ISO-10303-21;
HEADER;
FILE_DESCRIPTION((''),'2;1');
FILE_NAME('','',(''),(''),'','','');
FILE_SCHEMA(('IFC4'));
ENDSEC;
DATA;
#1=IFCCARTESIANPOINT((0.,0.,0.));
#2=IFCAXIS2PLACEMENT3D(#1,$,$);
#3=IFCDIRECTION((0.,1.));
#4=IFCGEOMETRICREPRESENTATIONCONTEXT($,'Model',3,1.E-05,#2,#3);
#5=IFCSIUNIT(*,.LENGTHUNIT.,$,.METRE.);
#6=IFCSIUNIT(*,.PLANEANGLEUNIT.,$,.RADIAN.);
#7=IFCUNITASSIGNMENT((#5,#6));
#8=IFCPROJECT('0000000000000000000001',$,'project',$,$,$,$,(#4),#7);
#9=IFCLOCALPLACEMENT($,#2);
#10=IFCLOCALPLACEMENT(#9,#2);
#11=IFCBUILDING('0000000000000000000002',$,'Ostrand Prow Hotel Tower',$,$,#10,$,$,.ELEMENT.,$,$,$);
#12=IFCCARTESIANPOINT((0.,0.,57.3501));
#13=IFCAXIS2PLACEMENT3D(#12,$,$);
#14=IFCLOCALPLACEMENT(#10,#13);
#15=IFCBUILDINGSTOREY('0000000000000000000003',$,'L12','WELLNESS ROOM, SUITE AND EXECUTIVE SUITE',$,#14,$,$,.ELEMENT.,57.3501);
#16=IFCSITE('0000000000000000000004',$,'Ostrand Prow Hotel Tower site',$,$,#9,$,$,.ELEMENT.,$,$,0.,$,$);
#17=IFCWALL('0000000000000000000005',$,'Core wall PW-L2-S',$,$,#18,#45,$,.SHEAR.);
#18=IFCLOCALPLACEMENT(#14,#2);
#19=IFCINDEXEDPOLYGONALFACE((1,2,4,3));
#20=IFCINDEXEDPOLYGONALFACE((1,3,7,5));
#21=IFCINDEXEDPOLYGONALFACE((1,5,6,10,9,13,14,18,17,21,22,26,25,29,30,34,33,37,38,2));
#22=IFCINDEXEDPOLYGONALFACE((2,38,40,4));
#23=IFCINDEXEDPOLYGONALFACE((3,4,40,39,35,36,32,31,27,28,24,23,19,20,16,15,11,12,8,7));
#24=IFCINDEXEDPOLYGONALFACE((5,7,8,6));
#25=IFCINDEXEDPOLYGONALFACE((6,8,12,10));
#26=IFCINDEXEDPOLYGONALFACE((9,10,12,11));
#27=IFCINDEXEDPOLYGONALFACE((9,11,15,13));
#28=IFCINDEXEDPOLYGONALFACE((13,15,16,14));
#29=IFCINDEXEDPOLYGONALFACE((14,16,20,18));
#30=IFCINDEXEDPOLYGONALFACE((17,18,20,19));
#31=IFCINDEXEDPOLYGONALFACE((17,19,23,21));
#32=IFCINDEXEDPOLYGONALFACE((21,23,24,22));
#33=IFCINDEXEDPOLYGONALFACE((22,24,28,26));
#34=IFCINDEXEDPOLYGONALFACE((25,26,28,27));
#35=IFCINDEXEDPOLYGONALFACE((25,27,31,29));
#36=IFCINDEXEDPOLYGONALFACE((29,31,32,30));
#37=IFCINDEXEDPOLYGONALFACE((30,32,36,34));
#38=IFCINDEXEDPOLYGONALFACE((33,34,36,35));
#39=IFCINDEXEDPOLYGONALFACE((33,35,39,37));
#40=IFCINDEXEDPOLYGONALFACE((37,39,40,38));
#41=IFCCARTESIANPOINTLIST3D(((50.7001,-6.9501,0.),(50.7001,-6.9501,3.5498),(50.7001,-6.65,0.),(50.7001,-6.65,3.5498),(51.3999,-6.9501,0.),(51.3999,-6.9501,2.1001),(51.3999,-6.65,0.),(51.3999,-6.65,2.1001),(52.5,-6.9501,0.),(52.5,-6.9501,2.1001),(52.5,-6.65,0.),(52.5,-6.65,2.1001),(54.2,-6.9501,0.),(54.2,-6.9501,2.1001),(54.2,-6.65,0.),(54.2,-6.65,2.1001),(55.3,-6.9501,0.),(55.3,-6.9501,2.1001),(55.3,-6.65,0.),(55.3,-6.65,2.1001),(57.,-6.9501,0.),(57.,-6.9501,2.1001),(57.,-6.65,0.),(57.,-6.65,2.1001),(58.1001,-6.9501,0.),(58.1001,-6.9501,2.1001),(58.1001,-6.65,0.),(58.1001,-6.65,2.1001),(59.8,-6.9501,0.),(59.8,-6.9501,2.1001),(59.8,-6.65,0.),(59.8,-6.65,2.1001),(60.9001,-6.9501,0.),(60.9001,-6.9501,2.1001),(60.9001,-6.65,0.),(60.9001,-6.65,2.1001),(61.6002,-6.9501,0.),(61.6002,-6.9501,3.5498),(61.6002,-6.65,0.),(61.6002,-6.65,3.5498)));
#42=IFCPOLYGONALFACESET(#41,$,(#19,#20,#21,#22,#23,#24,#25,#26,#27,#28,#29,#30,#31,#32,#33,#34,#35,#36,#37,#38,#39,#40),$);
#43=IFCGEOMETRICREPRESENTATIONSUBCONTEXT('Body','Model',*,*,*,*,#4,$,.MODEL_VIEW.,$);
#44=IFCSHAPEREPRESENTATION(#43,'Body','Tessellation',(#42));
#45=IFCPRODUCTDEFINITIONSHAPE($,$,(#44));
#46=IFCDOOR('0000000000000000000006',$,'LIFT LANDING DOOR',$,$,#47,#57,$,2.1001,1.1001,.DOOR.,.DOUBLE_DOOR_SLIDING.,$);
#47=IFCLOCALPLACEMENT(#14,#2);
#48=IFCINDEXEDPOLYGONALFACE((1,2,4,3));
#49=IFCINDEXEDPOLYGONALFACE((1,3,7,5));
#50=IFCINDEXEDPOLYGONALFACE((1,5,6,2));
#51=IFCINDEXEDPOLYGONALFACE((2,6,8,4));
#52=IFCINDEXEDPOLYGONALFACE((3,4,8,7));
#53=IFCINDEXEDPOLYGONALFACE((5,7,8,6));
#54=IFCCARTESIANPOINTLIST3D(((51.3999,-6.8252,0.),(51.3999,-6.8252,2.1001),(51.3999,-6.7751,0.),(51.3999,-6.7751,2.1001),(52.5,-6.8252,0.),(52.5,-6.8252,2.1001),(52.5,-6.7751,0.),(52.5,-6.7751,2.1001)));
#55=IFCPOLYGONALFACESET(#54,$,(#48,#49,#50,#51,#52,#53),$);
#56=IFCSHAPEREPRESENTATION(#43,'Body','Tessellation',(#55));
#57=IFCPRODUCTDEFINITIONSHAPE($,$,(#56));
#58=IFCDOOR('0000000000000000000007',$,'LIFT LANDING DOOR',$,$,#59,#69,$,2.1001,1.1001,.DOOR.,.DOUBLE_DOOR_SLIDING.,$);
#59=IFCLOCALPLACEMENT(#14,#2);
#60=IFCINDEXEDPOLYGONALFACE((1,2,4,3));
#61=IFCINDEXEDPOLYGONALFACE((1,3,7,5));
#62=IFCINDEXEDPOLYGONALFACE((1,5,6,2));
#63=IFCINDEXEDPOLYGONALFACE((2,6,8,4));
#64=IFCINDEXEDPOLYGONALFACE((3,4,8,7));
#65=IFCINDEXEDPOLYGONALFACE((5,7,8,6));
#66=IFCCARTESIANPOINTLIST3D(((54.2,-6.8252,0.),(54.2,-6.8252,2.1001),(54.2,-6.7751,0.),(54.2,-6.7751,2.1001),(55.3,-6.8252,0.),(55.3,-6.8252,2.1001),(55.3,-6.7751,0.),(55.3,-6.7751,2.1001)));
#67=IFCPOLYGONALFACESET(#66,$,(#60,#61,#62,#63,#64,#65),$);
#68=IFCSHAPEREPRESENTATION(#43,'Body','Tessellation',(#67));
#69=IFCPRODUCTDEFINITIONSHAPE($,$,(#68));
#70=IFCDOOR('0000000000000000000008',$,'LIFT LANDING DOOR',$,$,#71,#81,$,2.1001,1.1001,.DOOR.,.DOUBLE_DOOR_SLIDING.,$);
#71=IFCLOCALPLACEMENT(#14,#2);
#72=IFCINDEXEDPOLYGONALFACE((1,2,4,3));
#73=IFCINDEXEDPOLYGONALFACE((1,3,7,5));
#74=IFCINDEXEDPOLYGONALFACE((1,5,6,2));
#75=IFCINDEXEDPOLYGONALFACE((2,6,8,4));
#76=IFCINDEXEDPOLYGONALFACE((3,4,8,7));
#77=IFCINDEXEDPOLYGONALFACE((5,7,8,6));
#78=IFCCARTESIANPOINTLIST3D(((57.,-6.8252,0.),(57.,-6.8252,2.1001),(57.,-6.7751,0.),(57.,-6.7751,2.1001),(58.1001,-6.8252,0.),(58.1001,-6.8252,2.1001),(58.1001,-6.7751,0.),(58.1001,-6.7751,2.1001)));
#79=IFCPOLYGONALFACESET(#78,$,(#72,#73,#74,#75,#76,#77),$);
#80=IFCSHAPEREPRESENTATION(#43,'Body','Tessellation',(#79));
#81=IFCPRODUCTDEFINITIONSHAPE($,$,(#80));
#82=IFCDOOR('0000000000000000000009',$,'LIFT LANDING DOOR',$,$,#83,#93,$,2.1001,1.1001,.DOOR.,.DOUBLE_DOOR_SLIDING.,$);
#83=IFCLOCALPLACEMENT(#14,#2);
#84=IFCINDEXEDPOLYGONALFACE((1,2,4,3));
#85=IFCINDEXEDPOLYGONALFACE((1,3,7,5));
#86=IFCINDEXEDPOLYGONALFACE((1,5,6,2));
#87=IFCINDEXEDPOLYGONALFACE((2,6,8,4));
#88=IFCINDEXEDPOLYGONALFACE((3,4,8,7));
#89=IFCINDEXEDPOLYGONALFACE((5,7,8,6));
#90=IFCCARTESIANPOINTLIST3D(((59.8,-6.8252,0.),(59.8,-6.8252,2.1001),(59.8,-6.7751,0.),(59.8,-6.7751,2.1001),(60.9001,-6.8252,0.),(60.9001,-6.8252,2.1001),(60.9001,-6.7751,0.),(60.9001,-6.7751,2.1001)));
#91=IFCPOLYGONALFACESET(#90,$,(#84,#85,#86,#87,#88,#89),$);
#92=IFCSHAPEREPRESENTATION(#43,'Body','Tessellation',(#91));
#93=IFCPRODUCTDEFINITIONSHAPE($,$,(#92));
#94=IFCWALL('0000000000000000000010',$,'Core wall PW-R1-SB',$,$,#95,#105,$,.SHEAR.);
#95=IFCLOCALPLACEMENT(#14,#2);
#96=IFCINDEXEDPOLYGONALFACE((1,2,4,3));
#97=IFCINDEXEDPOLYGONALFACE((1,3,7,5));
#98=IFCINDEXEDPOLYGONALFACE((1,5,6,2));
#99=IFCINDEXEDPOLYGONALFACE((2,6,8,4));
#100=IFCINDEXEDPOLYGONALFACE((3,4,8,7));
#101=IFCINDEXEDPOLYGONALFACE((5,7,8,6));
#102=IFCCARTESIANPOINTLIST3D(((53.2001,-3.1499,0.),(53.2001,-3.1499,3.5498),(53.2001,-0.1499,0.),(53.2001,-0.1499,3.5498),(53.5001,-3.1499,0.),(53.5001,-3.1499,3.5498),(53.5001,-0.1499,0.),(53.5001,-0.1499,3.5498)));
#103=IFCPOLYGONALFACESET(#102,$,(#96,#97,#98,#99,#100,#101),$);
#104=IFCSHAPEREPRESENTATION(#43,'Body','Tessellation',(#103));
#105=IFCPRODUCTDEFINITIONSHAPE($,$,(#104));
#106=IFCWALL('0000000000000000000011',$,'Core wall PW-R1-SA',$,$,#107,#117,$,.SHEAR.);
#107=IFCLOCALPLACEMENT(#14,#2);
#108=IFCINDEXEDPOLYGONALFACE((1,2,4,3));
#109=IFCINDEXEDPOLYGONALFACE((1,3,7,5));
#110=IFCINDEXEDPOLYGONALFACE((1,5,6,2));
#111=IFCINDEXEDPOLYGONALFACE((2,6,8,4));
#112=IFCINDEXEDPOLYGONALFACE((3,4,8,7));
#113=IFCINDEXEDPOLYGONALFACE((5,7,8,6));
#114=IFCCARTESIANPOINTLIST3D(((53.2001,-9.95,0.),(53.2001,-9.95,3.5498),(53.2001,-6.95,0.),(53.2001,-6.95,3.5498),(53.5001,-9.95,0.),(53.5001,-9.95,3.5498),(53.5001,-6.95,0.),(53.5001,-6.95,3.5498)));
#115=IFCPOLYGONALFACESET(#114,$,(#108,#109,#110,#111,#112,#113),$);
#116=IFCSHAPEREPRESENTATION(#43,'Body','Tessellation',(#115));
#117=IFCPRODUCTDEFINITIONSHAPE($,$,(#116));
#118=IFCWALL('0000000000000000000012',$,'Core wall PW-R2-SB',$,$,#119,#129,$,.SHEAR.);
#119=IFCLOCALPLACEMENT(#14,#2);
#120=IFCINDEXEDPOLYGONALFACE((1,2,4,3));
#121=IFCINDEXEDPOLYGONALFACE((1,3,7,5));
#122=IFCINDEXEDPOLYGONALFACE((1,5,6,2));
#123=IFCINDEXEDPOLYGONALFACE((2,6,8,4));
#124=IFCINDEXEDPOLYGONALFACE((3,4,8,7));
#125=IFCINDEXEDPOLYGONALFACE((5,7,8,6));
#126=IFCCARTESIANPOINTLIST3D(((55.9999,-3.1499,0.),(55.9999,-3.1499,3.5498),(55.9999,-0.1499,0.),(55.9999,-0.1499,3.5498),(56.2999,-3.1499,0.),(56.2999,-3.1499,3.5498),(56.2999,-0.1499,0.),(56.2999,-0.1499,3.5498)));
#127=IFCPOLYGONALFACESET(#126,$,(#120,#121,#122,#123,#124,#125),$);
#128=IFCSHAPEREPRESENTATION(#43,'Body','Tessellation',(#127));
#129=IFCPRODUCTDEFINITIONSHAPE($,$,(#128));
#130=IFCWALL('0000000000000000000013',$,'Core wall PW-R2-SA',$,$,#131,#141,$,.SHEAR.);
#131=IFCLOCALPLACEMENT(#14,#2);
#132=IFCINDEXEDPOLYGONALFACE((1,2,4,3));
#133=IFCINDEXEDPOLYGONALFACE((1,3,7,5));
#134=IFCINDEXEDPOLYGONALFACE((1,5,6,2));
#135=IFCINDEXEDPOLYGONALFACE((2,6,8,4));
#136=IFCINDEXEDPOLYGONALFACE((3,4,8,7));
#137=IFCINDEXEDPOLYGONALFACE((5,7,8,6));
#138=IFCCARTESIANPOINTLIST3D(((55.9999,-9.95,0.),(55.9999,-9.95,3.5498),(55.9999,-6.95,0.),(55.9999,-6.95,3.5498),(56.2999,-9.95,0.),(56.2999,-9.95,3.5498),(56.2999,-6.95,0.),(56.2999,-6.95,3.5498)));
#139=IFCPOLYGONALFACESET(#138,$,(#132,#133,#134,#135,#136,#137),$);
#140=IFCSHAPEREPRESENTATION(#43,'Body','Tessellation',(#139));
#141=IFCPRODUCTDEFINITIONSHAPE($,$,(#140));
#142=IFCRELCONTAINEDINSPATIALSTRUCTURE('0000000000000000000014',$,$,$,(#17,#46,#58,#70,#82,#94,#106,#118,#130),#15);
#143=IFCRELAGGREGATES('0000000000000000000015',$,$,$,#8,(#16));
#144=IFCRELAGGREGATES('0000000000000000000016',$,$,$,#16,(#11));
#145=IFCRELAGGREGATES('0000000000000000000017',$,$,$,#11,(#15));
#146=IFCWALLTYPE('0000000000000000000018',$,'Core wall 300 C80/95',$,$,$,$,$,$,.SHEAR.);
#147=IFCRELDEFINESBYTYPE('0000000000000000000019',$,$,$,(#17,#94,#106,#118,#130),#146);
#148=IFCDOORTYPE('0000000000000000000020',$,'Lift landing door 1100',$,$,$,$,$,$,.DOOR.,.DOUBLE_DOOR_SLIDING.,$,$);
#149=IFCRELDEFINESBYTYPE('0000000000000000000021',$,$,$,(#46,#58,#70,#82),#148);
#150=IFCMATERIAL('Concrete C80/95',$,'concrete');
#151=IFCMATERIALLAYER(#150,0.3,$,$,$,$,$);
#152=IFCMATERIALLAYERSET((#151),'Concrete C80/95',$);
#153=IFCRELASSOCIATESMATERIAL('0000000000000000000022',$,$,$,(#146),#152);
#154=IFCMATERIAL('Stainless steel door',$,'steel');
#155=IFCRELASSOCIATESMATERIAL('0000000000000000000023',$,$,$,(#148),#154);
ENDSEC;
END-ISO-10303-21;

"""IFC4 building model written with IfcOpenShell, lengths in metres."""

from ifc_helpers import new_model, si_unit, direction, frame, frame_2d, origin, place, context, subcontext, project, spatial, rectangle, extrude, material, layer, layer_set, type_object, element, fill, save


model = new_model("IFC4")

# Units and contexts
model_context = context("Model", 3, precision=1e-05, world=origin(), true_north=direction((0.0, 1.0)))
body_context = subcontext(model_context, "Body", "Model", "MODEL_VIEW")
ifc_project = project(units=[si_unit("LENGTHUNIT", "METRE"), si_unit("PLANEANGLEUNIT", "RADIAN")], contexts=[model_context])

# Site, building, storey
site_placement = place(None, origin())
site = spatial("IfcSite", under=ifc_project, at=site_placement, Name="Ostrand Prow Hotel Tower site", CompositionType="ELEMENT", RefElevation=0.0)
building_placement = place(site_placement, origin())
building = spatial("IfcBuilding", under=site, at=building_placement, Name="Ostrand Prow Hotel Tower", CompositionType="ELEMENT")
storey_placement = place(building_placement, frame((0.0, 0.0, 57.3501)))
storey = spatial("IfcBuildingStorey", under=building, at=storey_placement, Name="L12", Description="WELLNESS ROOM, SUITE AND EXECUTIVE SUITE", CompositionType="ELEMENT", Elevation=57.3501)

# Shared definitions
ifc_material_1 = material(Name="Concrete C80/95", Category="concrete")
ifc_layer_1 = layer(ifc_material_1, 0.3)
ifc_layer_set_1 = layer_set([ifc_layer_1], Name="Concrete C80/95")
wall_type_1 = type_object("IfcWallType", Name="Core wall 300 C80/95", PredefinedType="SHEAR", material=ifc_layer_set_1)

# Wall, openings, doors
wall_1_placement = place(storey_placement, frame((50.7, -6.8, 0.0), z_axis=(0.0, 0.0, 1.0), x_axis=(1.0, 0.0, 0.0)))
wall_1 = element("IfcWall", 1, at=wall_1_placement, inside=storey, type_object=wall_type_1, Name="Core wall PW-L2-S", PredefinedType="SHEAR", context=body_context, shape_type="SweptSolid", body=[
    extrude(rectangle(XDim=10.9001, YDim=0.3, at=frame_2d((5.4502, 0.0))), origin(), (0.0, 0.0, 1.0), 3.5498),
])
opening_1_placement = place(wall_1_placement, frame((0.7, 0.0, 0.0)))
opening_1 = element("IfcOpeningElement", 2, at=opening_1_placement, cuts=wall_1, PredefinedType="OPENING", context=body_context, shape_type="SweptSolid", body=[
    extrude(rectangle(XDim=1.1001, YDim=2.1001, at=frame_2d((0.55, 1.05))), frame((0.0, 0.1599, 0.0), z_axis=(0.0, -1.0, 0.0), x_axis=(1.0, 0.0, 0.0)), (0.0, 0.0, 1.0), 0.3201),
])
opening_2_placement = place(wall_1_placement, frame((3.5, 0.0, 0.0)))
opening_2 = element("IfcOpeningElement", 3, at=opening_2_placement, cuts=wall_1, PredefinedType="OPENING", context=body_context, shape_type="SweptSolid", body=[
    extrude(rectangle(XDim=1.1001, YDim=2.1001, at=frame_2d((0.55, 1.05))), frame((0.0, 0.1599, 0.0), z_axis=(0.0, -1.0, 0.0), x_axis=(1.0, 0.0, 0.0)), (0.0, 0.0, 1.0), 0.3201),
])
opening_3_placement = place(wall_1_placement, frame((6.3, 0.0, 0.0)))
opening_3 = element("IfcOpeningElement", 4, at=opening_3_placement, cuts=wall_1, PredefinedType="OPENING", context=body_context, shape_type="SweptSolid", body=[
    extrude(rectangle(XDim=1.1001, YDim=2.1001, at=frame_2d((0.55, 1.05))), frame((0.0, 0.1599, 0.0), z_axis=(0.0, -1.0, 0.0), x_axis=(1.0, 0.0, 0.0)), (0.0, 0.0, 1.0), 0.3201),
])
opening_4_placement = place(wall_1_placement, frame((9.1001, 0.0, 0.0)))
opening_4 = element("IfcOpeningElement", 5, at=opening_4_placement, cuts=wall_1, PredefinedType="OPENING", context=body_context, shape_type="SweptSolid", body=[
    extrude(rectangle(XDim=1.1001, YDim=2.1001, at=frame_2d((0.55, 1.05))), frame((0.0, 0.1599, 0.0), z_axis=(0.0, -1.0, 0.0), x_axis=(1.0, 0.0, 0.0)), (0.0, 0.0, 1.0), 0.3201),
])
ifc_material_2 = material(Name="Stainless steel door", Category="steel")
door_type_1 = type_object("IfcDoorType", Name="Lift landing door 1100", OperationType="DOUBLE_DOOR_SLIDING", PredefinedType="DOOR", material=ifc_material_2)
door_1_placement = place(opening_1_placement, origin())
door_1 = element("IfcDoor", 6, at=door_1_placement, inside=storey, type_object=door_type_1, Name="LIFT LANDING DOOR", OperationType="DOUBLE_DOOR_SLIDING", OverallHeight=2.1001, OverallWidth=1.1001, PredefinedType="DOOR", context=body_context, shape_type="SweptSolid", body=[
    extrude(rectangle(XDim=1.1001, YDim=2.1001, at=frame_2d((0.55, 1.05))), frame((0.0, 0.0249, 0.0), z_axis=(0.0, -1.0, 0.0), x_axis=(1.0, 0.0, 0.0)), (0.0, 0.0, 1.0), 0.05),
])
fill(opening_1, door_1)
door_2_placement = place(opening_2_placement, origin())
door_2 = element("IfcDoor", 7, at=door_2_placement, inside=storey, type_object=door_type_1, Name="LIFT LANDING DOOR", OperationType="DOUBLE_DOOR_SLIDING", OverallHeight=2.1001, OverallWidth=1.1001, PredefinedType="DOOR", context=body_context, shape_type="SweptSolid", body=[
    extrude(rectangle(XDim=1.1001, YDim=2.1001, at=frame_2d((0.55, 1.05))), frame((0.0, 0.0249, 0.0), z_axis=(0.0, -1.0, 0.0), x_axis=(1.0, 0.0, 0.0)), (0.0, 0.0, 1.0), 0.05),
])
fill(opening_2, door_2)
door_3_placement = place(opening_3_placement, origin())
door_3 = element("IfcDoor", 8, at=door_3_placement, inside=storey, type_object=door_type_1, Name="LIFT LANDING DOOR", OperationType="DOUBLE_DOOR_SLIDING", OverallHeight=2.1001, OverallWidth=1.1001, PredefinedType="DOOR", context=body_context, shape_type="SweptSolid", body=[
    extrude(rectangle(XDim=1.1001, YDim=2.1001, at=frame_2d((0.55, 1.05))), frame((0.0, 0.0249, 0.0), z_axis=(0.0, -1.0, 0.0), x_axis=(1.0, 0.0, 0.0)), (0.0, 0.0, 1.0), 0.05),
])
fill(opening_3, door_3)
door_4_placement = place(opening_4_placement, origin())
door_4 = element("IfcDoor", 9, at=door_4_placement, inside=storey, type_object=door_type_1, Name="LIFT LANDING DOOR", OperationType="DOUBLE_DOOR_SLIDING", OverallHeight=2.1001, OverallWidth=1.1001, PredefinedType="DOOR", context=body_context, shape_type="SweptSolid", body=[
    extrude(rectangle(XDim=1.1001, YDim=2.1001, at=frame_2d((0.55, 1.05))), frame((0.0, 0.0249, 0.0), z_axis=(0.0, -1.0, 0.0), x_axis=(1.0, 0.0, 0.0)), (0.0, 0.0, 1.0), 0.05),
])
fill(opening_4, door_4)

# Walls
for number, where, z_axis, x_axis, name in (
    (10, (53.3501, -3.1499, 0.0), (0.0, 0.0, 1.0), (0.0, 1.0, 0.0), "Core wall PW-R1-SB"),
    (11, (53.3501, -9.95, 0.0), (0.0, 0.0, 1.0), (0.0, 1.0, 0.0), "Core wall PW-R1-SA"),
    (12, (56.1499, -3.1499, 0.0), (0.0, 0.0, 1.0), (0.0, 1.0, 0.0), "Core wall PW-R2-SB"),
    (13, (56.1499, -9.95, 0.0), (0.0, 0.0, 1.0), (0.0, 1.0, 0.0), "Core wall PW-R2-SA"),
):
    element("IfcWall", number, at=place(storey_placement, frame(where, z_axis=z_axis, x_axis=x_axis)), inside=storey, type_object=wall_type_1, Name=name, PredefinedType="SHEAR", context=body_context, shape_type="SweptSolid", body=[
        extrude(rectangle(XDim=3.0, YDim=0.3, at=frame_2d((1.5, 0.0))), origin(), (0.0, 0.0, 1.0), 3.5498),
    ])

save(model, "model.ifc")
